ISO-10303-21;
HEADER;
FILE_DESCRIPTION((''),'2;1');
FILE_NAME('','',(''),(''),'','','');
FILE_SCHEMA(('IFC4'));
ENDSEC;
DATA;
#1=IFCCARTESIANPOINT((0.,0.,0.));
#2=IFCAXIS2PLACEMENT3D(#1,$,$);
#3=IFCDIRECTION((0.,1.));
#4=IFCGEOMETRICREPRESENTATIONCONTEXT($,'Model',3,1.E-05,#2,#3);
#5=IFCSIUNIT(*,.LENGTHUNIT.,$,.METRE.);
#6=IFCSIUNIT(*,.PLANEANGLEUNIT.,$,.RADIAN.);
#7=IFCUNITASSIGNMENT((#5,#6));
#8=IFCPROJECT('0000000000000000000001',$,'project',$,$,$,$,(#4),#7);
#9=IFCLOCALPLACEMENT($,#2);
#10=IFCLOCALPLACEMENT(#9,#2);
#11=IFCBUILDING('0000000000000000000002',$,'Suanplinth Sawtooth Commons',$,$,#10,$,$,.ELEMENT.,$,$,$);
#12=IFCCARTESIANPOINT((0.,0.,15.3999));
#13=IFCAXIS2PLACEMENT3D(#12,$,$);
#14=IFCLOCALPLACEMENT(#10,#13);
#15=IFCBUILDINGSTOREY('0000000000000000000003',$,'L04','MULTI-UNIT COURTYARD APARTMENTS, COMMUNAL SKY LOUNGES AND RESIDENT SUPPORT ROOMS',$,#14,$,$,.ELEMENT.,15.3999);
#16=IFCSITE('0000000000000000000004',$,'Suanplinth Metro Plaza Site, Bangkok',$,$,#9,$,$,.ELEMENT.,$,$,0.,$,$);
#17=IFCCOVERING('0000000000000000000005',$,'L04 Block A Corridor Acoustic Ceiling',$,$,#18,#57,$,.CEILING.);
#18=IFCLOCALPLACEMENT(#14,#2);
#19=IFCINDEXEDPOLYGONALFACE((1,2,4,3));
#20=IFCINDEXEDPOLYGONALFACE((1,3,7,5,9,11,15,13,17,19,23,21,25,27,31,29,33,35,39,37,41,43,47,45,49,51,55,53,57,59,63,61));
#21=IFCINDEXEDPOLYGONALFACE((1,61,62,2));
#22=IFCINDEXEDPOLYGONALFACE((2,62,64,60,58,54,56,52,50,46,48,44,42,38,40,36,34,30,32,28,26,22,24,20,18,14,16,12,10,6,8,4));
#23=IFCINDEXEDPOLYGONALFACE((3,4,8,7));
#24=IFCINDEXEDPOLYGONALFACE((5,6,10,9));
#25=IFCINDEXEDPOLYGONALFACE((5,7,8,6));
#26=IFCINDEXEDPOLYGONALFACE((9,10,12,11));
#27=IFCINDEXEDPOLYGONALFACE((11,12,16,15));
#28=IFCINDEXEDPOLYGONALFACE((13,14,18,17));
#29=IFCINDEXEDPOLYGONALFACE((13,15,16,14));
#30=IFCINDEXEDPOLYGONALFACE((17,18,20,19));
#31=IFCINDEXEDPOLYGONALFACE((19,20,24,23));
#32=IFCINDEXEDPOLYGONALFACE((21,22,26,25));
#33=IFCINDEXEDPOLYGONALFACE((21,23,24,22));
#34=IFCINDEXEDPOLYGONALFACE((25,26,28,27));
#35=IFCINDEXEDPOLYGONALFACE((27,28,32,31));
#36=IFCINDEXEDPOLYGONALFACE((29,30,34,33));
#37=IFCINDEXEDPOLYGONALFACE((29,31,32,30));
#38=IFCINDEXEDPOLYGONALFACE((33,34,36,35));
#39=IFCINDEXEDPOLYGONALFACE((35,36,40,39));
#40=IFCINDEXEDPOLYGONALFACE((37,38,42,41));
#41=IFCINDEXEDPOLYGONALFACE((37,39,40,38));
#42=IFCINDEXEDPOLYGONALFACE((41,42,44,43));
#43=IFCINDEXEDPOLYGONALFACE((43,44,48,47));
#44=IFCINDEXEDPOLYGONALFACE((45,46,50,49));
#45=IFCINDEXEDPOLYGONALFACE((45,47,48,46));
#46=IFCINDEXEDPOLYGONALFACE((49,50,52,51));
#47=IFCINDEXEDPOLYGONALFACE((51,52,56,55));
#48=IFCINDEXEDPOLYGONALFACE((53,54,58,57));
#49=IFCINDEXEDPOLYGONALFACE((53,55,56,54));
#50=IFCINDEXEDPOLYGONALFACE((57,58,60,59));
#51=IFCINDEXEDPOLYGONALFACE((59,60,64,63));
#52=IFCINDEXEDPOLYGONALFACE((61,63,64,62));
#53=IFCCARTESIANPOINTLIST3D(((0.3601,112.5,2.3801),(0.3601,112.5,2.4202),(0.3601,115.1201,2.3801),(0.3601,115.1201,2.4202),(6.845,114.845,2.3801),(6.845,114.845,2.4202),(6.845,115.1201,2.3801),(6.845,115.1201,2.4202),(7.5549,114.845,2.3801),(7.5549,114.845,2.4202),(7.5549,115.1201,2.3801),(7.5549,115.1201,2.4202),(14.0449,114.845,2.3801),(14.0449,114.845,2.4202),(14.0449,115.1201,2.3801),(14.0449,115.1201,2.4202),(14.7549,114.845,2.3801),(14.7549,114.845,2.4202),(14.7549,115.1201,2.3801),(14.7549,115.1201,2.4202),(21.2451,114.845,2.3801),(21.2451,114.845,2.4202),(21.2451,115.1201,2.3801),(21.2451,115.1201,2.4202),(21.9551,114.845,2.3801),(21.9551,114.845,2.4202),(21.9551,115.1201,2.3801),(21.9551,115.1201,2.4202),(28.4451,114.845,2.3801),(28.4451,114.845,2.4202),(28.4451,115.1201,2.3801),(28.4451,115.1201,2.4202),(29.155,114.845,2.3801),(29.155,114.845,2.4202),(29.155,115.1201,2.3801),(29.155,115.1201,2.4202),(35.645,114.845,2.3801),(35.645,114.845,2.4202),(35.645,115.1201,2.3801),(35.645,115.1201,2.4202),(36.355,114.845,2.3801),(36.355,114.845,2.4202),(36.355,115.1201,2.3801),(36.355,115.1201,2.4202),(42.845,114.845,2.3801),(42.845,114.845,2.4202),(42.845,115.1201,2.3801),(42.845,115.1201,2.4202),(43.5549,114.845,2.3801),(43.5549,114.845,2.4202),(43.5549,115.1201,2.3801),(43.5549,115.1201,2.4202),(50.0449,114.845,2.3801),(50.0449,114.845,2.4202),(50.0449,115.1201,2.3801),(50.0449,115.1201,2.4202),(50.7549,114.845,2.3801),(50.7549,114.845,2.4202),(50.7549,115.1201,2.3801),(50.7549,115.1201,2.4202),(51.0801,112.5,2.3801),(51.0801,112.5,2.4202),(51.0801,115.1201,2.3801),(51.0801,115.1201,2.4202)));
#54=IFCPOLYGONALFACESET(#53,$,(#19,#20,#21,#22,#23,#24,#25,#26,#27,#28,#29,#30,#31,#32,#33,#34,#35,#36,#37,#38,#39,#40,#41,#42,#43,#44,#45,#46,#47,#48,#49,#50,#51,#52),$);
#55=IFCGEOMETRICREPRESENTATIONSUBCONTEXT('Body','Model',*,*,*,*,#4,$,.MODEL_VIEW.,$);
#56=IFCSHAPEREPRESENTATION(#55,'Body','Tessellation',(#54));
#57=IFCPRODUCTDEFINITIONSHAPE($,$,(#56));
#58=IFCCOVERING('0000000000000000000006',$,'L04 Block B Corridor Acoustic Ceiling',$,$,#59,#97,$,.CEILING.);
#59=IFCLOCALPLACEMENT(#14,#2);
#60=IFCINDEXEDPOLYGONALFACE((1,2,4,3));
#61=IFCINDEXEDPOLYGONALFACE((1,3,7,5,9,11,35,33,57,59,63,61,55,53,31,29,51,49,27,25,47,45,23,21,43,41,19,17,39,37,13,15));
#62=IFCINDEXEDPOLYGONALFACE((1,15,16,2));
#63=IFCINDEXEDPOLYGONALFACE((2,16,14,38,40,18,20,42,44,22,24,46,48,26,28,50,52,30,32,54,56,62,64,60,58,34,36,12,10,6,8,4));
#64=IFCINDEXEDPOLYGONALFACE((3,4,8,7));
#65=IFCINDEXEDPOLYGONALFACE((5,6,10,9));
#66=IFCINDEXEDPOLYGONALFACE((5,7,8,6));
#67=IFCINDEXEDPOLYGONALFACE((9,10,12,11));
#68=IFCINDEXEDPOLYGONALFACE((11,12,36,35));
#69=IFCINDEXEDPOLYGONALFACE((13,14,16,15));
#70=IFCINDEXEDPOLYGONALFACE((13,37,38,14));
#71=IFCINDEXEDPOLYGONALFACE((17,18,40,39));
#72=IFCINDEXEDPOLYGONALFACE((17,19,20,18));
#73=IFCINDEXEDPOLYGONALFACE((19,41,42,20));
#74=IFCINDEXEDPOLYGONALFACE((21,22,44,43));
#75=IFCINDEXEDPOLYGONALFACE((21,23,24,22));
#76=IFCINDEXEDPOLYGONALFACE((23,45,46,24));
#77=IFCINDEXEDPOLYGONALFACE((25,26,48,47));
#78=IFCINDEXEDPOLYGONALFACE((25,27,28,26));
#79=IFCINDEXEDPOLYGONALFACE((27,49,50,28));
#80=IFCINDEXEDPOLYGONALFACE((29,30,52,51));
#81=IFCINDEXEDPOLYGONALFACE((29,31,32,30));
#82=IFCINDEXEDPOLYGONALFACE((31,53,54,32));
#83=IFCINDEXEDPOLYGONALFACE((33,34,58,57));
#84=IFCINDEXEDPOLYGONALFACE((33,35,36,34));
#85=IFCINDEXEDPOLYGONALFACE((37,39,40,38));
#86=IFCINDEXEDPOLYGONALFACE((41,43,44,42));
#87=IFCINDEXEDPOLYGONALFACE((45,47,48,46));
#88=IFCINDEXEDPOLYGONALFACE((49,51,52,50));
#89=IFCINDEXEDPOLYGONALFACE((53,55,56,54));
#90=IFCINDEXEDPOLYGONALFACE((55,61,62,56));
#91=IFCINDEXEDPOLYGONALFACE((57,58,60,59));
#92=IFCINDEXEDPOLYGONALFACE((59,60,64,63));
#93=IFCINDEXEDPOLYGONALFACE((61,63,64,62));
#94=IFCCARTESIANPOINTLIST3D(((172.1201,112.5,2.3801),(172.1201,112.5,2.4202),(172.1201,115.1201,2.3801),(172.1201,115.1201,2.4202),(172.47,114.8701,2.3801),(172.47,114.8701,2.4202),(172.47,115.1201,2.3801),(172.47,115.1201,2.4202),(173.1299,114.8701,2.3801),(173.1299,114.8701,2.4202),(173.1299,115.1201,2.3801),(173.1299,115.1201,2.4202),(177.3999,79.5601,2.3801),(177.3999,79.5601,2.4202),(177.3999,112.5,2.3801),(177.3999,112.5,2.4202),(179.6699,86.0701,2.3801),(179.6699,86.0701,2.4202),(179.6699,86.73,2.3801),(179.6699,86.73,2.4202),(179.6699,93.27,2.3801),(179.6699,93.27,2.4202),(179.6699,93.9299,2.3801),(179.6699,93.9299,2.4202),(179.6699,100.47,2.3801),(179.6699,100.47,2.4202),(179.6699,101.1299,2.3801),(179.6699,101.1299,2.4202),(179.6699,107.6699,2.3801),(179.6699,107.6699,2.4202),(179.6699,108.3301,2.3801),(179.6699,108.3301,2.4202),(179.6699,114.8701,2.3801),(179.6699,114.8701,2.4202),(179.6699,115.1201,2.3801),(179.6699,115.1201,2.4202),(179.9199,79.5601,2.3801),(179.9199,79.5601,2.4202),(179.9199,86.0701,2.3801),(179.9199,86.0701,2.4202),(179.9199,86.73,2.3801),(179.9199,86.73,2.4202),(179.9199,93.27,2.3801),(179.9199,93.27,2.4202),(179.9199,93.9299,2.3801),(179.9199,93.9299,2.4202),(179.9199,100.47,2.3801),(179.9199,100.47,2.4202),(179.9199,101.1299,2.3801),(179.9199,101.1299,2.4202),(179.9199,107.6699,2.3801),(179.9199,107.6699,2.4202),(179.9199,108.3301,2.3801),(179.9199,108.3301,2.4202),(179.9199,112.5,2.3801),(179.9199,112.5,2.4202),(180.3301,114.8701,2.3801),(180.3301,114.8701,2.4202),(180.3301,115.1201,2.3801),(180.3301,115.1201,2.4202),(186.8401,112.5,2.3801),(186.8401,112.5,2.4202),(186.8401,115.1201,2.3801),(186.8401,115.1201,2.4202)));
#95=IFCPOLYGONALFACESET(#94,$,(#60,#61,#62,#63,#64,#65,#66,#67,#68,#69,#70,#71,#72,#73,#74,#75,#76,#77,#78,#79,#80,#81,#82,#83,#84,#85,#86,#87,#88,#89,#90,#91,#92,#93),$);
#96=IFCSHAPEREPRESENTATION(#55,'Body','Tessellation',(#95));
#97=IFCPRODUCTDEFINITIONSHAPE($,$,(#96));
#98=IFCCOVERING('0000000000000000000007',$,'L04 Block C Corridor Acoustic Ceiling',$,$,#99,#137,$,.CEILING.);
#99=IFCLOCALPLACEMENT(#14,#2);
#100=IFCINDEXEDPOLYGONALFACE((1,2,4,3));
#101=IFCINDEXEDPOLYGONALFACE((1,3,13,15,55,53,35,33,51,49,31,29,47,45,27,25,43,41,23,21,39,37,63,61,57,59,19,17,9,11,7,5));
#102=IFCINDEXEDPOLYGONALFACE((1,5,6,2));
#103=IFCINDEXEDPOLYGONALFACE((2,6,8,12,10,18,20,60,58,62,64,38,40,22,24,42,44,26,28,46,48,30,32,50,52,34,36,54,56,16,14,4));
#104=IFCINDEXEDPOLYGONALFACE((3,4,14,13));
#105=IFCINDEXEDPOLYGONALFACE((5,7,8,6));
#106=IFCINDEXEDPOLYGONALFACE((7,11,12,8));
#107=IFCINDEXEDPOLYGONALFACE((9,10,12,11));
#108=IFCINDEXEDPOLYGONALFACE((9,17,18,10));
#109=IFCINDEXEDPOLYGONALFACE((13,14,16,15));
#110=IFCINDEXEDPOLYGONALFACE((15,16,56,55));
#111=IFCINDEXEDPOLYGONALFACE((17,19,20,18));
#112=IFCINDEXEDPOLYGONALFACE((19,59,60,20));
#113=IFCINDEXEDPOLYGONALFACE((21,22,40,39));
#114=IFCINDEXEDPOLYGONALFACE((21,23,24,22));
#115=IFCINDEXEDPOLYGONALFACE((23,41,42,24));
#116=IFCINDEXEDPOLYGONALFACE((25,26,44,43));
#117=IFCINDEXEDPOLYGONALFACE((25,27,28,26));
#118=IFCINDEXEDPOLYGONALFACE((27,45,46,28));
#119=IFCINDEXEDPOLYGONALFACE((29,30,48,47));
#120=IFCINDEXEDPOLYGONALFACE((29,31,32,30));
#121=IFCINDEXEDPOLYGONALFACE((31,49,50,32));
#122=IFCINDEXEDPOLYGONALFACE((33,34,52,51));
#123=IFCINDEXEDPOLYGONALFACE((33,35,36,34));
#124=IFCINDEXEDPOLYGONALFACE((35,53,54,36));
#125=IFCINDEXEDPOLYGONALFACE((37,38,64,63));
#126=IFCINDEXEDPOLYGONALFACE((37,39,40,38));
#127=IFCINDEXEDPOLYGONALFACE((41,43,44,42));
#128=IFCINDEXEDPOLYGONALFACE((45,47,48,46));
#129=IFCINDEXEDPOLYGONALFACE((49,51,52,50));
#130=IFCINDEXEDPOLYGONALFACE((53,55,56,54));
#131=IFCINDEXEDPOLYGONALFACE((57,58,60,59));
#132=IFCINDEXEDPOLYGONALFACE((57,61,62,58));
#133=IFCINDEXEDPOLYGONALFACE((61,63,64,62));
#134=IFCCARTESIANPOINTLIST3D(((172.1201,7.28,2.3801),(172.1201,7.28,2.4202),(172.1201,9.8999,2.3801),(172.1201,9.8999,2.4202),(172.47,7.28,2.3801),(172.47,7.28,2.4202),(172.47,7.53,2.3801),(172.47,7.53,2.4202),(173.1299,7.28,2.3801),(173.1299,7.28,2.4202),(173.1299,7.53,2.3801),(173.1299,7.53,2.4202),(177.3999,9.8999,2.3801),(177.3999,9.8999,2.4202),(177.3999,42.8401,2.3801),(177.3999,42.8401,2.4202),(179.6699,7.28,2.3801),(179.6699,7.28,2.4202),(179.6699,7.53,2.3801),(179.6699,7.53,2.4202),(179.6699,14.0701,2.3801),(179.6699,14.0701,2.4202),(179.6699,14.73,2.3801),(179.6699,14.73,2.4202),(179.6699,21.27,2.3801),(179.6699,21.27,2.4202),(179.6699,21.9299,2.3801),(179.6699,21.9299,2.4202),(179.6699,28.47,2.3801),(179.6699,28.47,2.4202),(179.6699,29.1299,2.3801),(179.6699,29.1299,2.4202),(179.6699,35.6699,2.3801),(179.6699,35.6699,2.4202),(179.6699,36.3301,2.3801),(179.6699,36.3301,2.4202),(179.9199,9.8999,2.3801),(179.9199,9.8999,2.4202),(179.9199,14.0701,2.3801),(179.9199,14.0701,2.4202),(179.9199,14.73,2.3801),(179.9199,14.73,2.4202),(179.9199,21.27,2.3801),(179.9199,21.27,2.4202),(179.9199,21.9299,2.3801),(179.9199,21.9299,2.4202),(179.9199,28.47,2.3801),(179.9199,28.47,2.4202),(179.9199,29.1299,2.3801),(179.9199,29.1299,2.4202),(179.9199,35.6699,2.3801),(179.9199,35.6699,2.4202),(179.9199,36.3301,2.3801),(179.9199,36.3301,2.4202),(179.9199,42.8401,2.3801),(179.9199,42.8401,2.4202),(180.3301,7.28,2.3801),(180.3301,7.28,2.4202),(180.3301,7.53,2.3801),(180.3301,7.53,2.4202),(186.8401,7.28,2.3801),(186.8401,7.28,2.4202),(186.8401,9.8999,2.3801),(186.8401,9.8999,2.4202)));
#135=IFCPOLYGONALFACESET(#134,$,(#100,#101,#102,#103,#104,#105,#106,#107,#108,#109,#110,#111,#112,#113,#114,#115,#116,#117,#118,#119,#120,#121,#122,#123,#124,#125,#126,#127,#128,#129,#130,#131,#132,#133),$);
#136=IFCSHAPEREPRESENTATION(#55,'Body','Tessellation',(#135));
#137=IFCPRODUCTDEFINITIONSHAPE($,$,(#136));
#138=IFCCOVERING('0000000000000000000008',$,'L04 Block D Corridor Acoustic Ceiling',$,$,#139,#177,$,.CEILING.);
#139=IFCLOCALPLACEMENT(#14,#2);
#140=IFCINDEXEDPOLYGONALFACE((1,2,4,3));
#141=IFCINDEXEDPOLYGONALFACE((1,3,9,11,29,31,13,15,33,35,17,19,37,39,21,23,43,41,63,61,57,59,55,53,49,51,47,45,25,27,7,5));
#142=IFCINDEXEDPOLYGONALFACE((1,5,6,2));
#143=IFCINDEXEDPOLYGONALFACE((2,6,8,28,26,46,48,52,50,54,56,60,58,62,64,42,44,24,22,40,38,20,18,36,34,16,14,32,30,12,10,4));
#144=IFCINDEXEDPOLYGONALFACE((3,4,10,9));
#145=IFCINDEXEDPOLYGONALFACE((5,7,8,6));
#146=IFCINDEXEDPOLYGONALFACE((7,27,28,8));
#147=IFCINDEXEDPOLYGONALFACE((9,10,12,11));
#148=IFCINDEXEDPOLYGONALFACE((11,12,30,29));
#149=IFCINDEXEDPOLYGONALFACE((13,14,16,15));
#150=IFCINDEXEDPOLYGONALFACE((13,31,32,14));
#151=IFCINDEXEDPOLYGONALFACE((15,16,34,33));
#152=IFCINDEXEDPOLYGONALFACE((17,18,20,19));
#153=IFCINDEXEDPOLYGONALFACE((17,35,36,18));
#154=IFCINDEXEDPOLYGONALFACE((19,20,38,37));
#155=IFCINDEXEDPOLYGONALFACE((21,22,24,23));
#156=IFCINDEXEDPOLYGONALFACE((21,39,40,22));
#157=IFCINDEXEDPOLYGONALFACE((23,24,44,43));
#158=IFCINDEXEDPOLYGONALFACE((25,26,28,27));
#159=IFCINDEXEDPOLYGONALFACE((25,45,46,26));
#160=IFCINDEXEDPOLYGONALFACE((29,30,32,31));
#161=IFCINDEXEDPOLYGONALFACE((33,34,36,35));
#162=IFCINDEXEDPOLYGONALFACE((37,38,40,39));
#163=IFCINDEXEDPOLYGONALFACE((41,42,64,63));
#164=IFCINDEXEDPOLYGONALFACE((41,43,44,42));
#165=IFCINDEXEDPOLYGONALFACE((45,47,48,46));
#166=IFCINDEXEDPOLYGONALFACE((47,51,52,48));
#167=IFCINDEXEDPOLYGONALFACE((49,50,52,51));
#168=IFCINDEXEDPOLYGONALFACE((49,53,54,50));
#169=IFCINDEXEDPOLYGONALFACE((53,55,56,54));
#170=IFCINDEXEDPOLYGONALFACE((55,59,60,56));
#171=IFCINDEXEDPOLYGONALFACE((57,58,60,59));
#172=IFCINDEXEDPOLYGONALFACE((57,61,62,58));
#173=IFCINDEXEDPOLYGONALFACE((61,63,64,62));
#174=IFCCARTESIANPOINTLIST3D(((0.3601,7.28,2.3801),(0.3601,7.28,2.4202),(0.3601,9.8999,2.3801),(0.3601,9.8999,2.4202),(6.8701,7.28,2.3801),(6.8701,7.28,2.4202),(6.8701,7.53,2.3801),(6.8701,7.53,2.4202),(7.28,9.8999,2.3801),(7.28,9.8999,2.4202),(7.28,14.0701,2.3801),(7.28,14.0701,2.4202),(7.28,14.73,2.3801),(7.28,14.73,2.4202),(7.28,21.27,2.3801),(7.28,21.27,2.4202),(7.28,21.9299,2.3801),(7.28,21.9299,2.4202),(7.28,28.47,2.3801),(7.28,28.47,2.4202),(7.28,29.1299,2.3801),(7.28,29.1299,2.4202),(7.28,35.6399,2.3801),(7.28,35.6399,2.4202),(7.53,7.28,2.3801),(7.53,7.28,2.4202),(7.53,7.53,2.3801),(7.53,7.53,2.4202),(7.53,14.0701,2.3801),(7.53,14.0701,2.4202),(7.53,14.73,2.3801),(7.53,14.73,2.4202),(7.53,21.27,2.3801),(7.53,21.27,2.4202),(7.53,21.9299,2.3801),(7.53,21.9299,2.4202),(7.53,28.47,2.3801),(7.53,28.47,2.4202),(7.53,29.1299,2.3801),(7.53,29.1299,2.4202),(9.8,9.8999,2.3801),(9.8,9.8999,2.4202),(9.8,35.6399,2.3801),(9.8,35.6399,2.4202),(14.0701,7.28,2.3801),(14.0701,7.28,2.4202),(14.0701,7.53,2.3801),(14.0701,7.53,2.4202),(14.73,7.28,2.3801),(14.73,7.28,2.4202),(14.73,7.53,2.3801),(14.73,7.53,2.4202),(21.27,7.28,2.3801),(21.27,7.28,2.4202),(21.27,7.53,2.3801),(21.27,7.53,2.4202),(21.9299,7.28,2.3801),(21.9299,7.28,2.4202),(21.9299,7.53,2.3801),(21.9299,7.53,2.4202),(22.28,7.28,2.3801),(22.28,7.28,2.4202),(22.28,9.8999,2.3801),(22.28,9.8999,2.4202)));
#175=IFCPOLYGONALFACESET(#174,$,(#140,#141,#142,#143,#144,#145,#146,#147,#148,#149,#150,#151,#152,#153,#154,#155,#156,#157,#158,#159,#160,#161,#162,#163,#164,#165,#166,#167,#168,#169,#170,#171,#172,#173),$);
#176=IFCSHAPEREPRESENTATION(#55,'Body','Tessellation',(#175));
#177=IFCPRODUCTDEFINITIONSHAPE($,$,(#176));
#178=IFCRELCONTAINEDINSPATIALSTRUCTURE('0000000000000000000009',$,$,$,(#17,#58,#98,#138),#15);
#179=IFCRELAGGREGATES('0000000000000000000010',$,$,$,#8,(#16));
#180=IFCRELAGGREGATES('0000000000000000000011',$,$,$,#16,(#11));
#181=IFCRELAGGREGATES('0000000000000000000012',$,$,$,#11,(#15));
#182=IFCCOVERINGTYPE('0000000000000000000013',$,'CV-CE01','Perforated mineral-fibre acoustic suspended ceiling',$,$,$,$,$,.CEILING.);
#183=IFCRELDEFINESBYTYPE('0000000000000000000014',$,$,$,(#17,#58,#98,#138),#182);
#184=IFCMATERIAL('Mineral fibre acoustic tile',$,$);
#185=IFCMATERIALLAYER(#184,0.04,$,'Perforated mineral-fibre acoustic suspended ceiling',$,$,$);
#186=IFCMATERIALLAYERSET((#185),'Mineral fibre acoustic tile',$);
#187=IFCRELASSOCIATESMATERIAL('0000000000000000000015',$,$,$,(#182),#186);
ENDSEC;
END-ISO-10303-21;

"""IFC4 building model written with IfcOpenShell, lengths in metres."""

from ifc_helpers import new_model, si_unit, direction, frame, origin, place, context, subcontext, project, spatial, polyline, outline, extrude, material, layer, layer_set, type_object, element, save


model = new_model("IFC4")

# Units and contexts
model_context = context("Model", 3, precision=1e-05, world=origin(), true_north=direction((0.0, 1.0)))
body_context = subcontext(model_context, "Body", "Model", "MODEL_VIEW")
ifc_project = project(units=[si_unit("LENGTHUNIT", "METRE"), si_unit("PLANEANGLEUNIT", "RADIAN")], contexts=[model_context])

# Site, building, storey
site_placement = place(None, origin())
site = spatial("IfcSite", under=ifc_project, at=site_placement, Name="Suanplinth Metro Plaza Site, Bangkok", CompositionType="ELEMENT", RefElevation=0.0)
building_placement = place(site_placement, origin())
building = spatial("IfcBuilding", under=site, at=building_placement, Name="Suanplinth Sawtooth Commons", CompositionType="ELEMENT")
storey_placement = place(building_placement, frame((0.0, 0.0, 15.3999)))
storey = spatial("IfcBuildingStorey", under=building, at=storey_placement, Name="L04", Description="MULTI-UNIT COURTYARD APARTMENTS, COMMUNAL SKY LOUNGES AND RESIDENT SUPPORT ROOMS", CompositionType="ELEMENT", Elevation=15.3999)

# Coverings
ifc_material_1 = material(Name="Mineral fibre acoustic tile")
ifc_layer_1 = layer(ifc_material_1, 0.04, Name="Perforated mineral-fibre acoustic suspended ceiling")
ifc_layer_set_1 = layer_set([ifc_layer_1], Name="Mineral fibre acoustic tile")
covering_type = type_object("IfcCoveringType", Name="CV-CE01", Description="Perforated mineral-fibre acoustic suspended ceiling", PredefinedType="CEILING", material=ifc_layer_set_1)
covering_1_placement = place(storey_placement, frame((0.0, 0.0, 2.3801)))
element("IfcCovering", 1, at=covering_1_placement, inside=storey, type_object=covering_type, Name="L04 Block A Corridor Acoustic Ceiling", PredefinedType="CEILING", context=body_context, shape_type="SweptSolid", body=[
    extrude(outline(polyline([(0.3601, 112.5), (0.3601, 115.1201), (6.845, 115.1201), (6.845, 114.845), (7.5549, 114.845), (7.5549, 115.1201), (14.0449, 115.1201), (14.0449, 114.845), (14.7549, 114.845), (14.7549, 115.1201), (21.2451, 115.1201), (21.2451, 114.845), (21.9551, 114.845), (21.9551, 115.1201), (28.4451, 115.1201), (28.4451, 114.845), (29.155, 114.845), (29.155, 115.1201), (35.645, 115.1201), (35.645, 114.845), (36.355, 114.845), (36.355, 115.1201), (42.845, 115.1201), (42.845, 114.845), (43.5549, 114.845), (43.5549, 115.1201), (50.0449, 115.1201), (50.0449, 114.845), (50.7549, 114.845), (50.7549, 115.1201), (51.0801, 115.1201), (51.0801, 112.5), (0.3601, 112.5)])), origin(), (0.0, 0.0, 1.0), 0.04),
])
covering_2_placement = place(storey_placement, frame((0.0, 0.0, 2.3801)))
element("IfcCovering", 2, at=covering_2_placement, inside=storey, type_object=covering_type, Name="L04 Block B Corridor Acoustic Ceiling", PredefinedType="CEILING", context=body_context, shape_type="SweptSolid", body=[
    extrude(outline(polyline([(172.47, 115.1201), (172.47, 114.8701), (173.1299, 114.8701), (173.1299, 115.1201), (179.6699, 115.1201), (179.6699, 114.8701), (180.3301, 114.8701), (180.3301, 115.1201), (186.8401, 115.1201), (186.8401, 112.5), (179.9199, 112.5), (179.9199, 108.3301), (179.6699, 108.3301), (179.6699, 107.6699), (179.9199, 107.6699), (179.9199, 101.1299), (179.6699, 101.1299), (179.6699, 100.47), (179.9199, 100.47), (179.9199, 93.9299), (179.6699, 93.9299), (179.6699, 93.27), (179.9199, 93.27), (179.9199, 86.73), (179.6699, 86.73), (179.6699, 86.0701), (179.9199, 86.0701), (179.9199, 79.5601), (177.3999, 79.5601), (177.3999, 112.5), (172.1201, 112.5), (172.1201, 115.1201), (172.47, 115.1201)])), origin(), (0.0, 0.0, 1.0), 0.04),
])
covering_3_placement = place(storey_placement, frame((0.0, 0.0, 2.3801)))
element("IfcCovering", 3, at=covering_3_placement, inside=storey, type_object=covering_type, Name="L04 Block C Corridor Acoustic Ceiling", PredefinedType="CEILING", context=body_context, shape_type="SweptSolid", body=[
    extrude(outline(polyline([(172.1201, 9.8999), (177.3999, 9.8999), (177.3999, 42.8401), (179.9199, 42.8401), (179.9199, 36.3301), (179.6699, 36.3301), (179.6699, 35.6699), (179.9199, 35.6699), (179.9199, 29.1299), (179.6699, 29.1299), (179.6699, 28.47), (179.9199, 28.47), (179.9199, 21.9299), (179.6699, 21.9299), (179.6699, 21.27), (179.9199, 21.27), (179.9199, 14.73), (179.6699, 14.73), (179.6699, 14.0701), (179.9199, 14.0701), (179.9199, 9.8999), (186.8401, 9.8999), (186.8401, 7.28), (180.3301, 7.28), (180.3301, 7.53), (179.6699, 7.53), (179.6699, 7.28), (173.1299, 7.28), (173.1299, 7.53), (172.47, 7.53), (172.47, 7.28), (172.1201, 7.28), (172.1201, 9.8999)])), origin(), (0.0, 0.0, 1.0), 0.04),
])
covering_4_placement = place(storey_placement, frame((0.0, 0.0, 2.3801)))
element("IfcCovering", 4, at=covering_4_placement, inside=storey, type_object=covering_type, Name="L04 Block D Corridor Acoustic Ceiling", PredefinedType="CEILING", context=body_context, shape_type="SweptSolid", body=[
    extrude(outline(polyline([(0.3601, 9.8999), (7.28, 9.8999), (7.28, 14.0701), (7.53, 14.0701), (7.53, 14.73), (7.28, 14.73), (7.28, 21.27), (7.53, 21.27), (7.53, 21.9299), (7.28, 21.9299), (7.28, 28.47), (7.53, 28.47), (7.53, 29.1299), (7.28, 29.1299), (7.28, 35.6399), (9.8, 35.6399), (9.8, 9.8999), (22.28, 9.8999), (22.28, 7.28), (21.9299, 7.28), (21.9299, 7.53), (21.27, 7.53), (21.27, 7.28), (14.73, 7.28), (14.73, 7.53), (14.0701, 7.53), (14.0701, 7.28), (7.53, 7.28), (7.53, 7.53), (6.8701, 7.53), (6.8701, 7.28), (0.3601, 7.28), (0.3601, 9.8999)])), origin(), (0.0, 0.0, 1.0), 0.04),
])

save(model, "model.ifc")
